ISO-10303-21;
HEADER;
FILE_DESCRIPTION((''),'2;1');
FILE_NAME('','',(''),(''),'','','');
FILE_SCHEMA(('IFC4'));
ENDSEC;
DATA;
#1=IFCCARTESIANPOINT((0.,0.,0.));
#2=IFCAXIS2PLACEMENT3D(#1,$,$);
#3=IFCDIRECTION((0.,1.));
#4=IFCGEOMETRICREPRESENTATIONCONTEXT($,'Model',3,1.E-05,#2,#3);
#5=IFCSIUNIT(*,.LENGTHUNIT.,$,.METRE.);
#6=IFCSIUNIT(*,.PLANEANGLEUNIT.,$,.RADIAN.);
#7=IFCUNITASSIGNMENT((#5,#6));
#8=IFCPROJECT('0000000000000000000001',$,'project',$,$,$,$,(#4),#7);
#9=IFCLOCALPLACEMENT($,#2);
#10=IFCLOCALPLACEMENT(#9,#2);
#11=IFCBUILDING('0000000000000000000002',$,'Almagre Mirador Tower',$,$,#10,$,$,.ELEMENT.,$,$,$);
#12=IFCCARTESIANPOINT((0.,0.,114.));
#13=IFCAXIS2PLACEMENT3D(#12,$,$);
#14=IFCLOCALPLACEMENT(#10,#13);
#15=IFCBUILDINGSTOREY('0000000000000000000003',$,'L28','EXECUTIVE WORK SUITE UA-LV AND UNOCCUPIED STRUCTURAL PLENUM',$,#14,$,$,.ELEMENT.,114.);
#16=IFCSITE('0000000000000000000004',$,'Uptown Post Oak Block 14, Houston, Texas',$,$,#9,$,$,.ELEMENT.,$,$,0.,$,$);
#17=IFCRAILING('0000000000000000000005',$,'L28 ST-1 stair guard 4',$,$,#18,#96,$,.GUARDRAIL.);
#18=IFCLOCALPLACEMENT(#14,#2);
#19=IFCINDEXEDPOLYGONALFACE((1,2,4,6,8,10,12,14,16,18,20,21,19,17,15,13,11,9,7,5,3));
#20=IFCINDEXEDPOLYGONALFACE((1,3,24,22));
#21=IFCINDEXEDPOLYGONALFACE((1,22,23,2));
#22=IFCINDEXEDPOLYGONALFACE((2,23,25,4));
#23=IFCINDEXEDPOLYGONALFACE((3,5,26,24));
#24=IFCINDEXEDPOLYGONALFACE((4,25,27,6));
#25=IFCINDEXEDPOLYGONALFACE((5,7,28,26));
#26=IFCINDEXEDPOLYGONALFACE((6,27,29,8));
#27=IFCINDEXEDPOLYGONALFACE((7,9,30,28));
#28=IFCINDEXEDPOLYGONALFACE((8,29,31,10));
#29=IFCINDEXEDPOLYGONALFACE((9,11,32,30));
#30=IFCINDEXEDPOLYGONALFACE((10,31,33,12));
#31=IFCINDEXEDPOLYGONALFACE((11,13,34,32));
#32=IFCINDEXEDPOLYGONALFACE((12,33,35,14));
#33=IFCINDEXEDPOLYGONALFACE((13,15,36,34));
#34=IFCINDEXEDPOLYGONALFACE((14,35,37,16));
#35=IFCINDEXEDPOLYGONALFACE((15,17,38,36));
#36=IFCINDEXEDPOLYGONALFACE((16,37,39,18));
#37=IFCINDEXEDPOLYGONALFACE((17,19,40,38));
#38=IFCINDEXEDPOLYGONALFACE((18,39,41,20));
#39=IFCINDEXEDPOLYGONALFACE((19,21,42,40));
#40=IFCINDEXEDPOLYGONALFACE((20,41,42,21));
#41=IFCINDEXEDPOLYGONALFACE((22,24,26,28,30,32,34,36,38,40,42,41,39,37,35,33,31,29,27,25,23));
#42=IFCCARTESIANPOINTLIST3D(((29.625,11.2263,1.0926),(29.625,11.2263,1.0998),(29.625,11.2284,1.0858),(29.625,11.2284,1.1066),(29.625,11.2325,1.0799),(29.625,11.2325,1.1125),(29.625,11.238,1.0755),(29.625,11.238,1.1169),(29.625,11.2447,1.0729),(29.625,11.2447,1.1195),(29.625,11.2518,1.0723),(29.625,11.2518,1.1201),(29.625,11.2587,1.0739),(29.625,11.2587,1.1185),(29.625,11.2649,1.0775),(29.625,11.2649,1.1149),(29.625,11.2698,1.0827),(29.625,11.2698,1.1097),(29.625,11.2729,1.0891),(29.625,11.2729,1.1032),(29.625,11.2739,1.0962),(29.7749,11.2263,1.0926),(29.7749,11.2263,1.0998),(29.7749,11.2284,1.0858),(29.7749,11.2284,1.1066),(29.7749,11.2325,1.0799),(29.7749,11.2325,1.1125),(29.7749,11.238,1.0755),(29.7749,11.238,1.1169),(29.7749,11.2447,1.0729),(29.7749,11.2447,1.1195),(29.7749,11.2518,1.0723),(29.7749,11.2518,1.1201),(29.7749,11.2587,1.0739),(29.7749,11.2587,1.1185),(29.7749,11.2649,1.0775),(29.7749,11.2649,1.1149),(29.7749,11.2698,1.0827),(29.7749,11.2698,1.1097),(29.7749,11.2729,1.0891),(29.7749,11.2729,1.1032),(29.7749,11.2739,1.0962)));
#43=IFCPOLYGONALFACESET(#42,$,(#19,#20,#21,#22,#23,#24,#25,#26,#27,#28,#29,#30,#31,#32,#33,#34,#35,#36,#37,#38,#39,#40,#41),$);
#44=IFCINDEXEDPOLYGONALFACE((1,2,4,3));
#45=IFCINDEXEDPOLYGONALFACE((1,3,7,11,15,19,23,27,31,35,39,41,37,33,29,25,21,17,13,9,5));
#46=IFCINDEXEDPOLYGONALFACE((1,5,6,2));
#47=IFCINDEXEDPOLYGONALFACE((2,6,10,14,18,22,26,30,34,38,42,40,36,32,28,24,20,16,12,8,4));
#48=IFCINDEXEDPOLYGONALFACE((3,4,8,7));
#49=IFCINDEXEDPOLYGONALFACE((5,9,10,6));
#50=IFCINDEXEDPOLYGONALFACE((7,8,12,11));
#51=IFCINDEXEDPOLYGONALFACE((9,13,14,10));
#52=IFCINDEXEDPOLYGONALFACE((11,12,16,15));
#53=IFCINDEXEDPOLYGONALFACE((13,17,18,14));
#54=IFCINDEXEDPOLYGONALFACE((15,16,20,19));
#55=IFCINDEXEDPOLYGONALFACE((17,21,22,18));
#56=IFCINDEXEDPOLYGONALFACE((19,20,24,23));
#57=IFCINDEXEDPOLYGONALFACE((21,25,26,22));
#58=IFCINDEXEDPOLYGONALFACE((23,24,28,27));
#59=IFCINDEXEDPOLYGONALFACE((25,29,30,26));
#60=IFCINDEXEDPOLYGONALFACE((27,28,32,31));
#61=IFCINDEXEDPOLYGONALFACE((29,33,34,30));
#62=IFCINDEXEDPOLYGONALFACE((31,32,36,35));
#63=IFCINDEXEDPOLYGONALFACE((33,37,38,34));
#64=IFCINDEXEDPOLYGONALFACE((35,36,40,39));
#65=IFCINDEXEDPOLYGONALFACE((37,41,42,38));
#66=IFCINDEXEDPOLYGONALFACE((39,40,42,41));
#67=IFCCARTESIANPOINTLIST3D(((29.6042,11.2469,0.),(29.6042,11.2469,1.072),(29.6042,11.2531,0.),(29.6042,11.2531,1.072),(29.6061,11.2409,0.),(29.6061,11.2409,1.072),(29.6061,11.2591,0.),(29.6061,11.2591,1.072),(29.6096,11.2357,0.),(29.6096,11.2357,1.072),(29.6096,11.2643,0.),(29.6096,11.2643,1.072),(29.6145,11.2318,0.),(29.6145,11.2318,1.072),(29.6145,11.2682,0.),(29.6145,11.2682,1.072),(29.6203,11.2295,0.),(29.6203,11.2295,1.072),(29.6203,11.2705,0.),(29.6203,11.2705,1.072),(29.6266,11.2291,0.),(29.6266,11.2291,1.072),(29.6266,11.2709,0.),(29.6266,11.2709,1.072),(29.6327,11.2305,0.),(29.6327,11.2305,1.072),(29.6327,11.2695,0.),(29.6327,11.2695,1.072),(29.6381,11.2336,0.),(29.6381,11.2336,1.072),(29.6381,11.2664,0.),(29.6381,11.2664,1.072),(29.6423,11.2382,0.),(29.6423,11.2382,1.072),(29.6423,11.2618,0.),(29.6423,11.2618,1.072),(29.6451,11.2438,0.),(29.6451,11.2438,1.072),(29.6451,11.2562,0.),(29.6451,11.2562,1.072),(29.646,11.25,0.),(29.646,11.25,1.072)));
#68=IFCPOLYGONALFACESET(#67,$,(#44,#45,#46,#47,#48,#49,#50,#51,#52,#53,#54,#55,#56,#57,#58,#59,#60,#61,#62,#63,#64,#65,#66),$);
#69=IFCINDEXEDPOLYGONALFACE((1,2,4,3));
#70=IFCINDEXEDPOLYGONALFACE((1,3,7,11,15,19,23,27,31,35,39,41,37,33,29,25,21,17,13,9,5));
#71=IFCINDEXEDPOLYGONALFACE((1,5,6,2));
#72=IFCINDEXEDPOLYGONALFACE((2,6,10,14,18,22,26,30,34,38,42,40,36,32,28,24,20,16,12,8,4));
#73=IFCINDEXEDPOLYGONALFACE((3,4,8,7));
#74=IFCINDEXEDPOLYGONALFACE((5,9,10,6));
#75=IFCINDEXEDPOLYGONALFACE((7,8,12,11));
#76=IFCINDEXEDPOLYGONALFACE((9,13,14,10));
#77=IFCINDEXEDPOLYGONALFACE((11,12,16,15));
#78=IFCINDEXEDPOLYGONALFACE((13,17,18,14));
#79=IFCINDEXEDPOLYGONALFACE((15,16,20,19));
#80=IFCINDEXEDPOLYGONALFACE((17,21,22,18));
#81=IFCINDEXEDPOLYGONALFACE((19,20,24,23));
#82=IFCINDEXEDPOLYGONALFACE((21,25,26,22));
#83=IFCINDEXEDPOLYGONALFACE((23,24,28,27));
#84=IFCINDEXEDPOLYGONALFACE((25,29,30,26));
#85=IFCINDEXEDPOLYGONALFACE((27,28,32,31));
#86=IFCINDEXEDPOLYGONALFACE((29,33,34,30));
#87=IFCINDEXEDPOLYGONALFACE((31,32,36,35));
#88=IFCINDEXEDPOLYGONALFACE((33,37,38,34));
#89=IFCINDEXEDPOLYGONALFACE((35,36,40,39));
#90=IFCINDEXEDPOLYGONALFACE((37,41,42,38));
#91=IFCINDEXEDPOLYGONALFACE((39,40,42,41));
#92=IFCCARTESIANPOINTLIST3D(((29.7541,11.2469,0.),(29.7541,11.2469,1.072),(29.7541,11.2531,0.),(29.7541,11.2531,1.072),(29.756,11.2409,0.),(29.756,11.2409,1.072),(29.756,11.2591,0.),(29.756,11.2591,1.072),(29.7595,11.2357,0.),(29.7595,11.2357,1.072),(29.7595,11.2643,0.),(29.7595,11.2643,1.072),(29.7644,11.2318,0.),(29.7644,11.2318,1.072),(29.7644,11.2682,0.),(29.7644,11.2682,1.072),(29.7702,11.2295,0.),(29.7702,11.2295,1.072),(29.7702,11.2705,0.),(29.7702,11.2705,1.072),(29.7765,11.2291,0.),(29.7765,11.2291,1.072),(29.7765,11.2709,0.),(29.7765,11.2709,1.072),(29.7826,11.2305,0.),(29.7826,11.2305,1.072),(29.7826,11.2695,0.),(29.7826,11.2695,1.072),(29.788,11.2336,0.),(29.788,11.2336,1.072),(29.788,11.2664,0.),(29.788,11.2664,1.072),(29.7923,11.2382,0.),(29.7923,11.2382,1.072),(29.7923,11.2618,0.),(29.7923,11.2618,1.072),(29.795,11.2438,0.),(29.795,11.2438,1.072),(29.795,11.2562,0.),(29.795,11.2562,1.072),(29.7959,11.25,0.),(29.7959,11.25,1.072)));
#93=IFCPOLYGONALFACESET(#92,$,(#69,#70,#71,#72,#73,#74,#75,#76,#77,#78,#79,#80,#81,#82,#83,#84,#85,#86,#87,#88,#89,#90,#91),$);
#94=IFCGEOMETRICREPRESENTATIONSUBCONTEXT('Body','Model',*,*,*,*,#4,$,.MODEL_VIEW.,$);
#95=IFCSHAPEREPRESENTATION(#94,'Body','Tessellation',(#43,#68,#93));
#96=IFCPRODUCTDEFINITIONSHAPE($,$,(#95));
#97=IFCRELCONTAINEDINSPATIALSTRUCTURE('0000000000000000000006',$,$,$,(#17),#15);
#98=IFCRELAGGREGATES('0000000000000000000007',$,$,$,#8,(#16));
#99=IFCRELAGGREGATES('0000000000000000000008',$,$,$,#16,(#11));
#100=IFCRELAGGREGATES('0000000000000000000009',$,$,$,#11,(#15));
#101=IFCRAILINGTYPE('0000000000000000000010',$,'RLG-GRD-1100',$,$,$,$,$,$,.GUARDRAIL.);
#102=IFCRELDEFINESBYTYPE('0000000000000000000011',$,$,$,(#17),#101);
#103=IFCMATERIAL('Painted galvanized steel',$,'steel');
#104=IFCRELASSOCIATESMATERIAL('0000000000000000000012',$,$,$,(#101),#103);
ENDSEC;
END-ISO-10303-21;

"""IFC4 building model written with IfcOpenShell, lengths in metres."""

from ifc_helpers import new_model, si_unit, direction, frame, origin, origin_2d, place, context, subcontext, project, spatial, circle, extrude, material, type_object, element, save


model = new_model("IFC4")

# Units and contexts
model_context = context("Model", 3, precision=1e-05, world=origin(), true_north=direction((0.0, 1.0)))
body_context = subcontext(model_context, "Body", "Model", "MODEL_VIEW")
ifc_project = project(units=[si_unit("LENGTHUNIT", "METRE"), si_unit("PLANEANGLEUNIT", "RADIAN")], contexts=[model_context])

# Site, building, storey
site_placement = place(None, origin())
site = spatial("IfcSite", under=ifc_project, at=site_placement, Name="Uptown Post Oak Block 14, Houston, Texas", CompositionType="ELEMENT", RefElevation=0.0)
building_placement = place(site_placement, origin())
building = spatial("IfcBuilding", under=site, at=building_placement, Name="Almagre Mirador Tower", CompositionType="ELEMENT")
storey_placement = place(building_placement, frame((0.0, 0.0, 114.0)))
storey = spatial("IfcBuildingStorey", under=building, at=storey_placement, Name="L28", Description="EXECUTIVE WORK SUITE UA-LV AND UNOCCUPIED STRUCTURAL PLENUM", CompositionType="ELEMENT", Elevation=114.0)

# Railing
ifc_material_1 = material(Name="Painted galvanized steel", Category="steel")
railing_type_1 = type_object("IfcRailingType", Name="RLG-GRD-1100", PredefinedType="GUARDRAIL", material=ifc_material_1)
railing_1_placement = place(storey_placement, frame((29.625, 11.25, 0.0)))
element("IfcRailing", 1, at=railing_1_placement, inside=storey, type_object=railing_type_1, Name="L28 ST-1 stair guard 4", PredefinedType="GUARDRAIL", context=body_context, shape_type="SweptSolid", body=[
    extrude(circle(Radius=0.0239, at=origin_2d()), frame((0.0, 0.0, 1.0962), z_axis=(1.0, 0.0, 0.0), x_axis=(0.0, 1.0, 0.0)), (0.0, 0.0, 1.0), 0.1499),
    extrude(circle(Radius=0.021, at=origin_2d()), origin(), (0.0, 0.0, 1.0), 1.072),
    extrude(circle(Radius=0.021, at=origin_2d()), frame((0.1499, 0.0, 0.0)), (0.0, 0.0, 1.0), 1.072),
])

save(model, "model.ifc")
